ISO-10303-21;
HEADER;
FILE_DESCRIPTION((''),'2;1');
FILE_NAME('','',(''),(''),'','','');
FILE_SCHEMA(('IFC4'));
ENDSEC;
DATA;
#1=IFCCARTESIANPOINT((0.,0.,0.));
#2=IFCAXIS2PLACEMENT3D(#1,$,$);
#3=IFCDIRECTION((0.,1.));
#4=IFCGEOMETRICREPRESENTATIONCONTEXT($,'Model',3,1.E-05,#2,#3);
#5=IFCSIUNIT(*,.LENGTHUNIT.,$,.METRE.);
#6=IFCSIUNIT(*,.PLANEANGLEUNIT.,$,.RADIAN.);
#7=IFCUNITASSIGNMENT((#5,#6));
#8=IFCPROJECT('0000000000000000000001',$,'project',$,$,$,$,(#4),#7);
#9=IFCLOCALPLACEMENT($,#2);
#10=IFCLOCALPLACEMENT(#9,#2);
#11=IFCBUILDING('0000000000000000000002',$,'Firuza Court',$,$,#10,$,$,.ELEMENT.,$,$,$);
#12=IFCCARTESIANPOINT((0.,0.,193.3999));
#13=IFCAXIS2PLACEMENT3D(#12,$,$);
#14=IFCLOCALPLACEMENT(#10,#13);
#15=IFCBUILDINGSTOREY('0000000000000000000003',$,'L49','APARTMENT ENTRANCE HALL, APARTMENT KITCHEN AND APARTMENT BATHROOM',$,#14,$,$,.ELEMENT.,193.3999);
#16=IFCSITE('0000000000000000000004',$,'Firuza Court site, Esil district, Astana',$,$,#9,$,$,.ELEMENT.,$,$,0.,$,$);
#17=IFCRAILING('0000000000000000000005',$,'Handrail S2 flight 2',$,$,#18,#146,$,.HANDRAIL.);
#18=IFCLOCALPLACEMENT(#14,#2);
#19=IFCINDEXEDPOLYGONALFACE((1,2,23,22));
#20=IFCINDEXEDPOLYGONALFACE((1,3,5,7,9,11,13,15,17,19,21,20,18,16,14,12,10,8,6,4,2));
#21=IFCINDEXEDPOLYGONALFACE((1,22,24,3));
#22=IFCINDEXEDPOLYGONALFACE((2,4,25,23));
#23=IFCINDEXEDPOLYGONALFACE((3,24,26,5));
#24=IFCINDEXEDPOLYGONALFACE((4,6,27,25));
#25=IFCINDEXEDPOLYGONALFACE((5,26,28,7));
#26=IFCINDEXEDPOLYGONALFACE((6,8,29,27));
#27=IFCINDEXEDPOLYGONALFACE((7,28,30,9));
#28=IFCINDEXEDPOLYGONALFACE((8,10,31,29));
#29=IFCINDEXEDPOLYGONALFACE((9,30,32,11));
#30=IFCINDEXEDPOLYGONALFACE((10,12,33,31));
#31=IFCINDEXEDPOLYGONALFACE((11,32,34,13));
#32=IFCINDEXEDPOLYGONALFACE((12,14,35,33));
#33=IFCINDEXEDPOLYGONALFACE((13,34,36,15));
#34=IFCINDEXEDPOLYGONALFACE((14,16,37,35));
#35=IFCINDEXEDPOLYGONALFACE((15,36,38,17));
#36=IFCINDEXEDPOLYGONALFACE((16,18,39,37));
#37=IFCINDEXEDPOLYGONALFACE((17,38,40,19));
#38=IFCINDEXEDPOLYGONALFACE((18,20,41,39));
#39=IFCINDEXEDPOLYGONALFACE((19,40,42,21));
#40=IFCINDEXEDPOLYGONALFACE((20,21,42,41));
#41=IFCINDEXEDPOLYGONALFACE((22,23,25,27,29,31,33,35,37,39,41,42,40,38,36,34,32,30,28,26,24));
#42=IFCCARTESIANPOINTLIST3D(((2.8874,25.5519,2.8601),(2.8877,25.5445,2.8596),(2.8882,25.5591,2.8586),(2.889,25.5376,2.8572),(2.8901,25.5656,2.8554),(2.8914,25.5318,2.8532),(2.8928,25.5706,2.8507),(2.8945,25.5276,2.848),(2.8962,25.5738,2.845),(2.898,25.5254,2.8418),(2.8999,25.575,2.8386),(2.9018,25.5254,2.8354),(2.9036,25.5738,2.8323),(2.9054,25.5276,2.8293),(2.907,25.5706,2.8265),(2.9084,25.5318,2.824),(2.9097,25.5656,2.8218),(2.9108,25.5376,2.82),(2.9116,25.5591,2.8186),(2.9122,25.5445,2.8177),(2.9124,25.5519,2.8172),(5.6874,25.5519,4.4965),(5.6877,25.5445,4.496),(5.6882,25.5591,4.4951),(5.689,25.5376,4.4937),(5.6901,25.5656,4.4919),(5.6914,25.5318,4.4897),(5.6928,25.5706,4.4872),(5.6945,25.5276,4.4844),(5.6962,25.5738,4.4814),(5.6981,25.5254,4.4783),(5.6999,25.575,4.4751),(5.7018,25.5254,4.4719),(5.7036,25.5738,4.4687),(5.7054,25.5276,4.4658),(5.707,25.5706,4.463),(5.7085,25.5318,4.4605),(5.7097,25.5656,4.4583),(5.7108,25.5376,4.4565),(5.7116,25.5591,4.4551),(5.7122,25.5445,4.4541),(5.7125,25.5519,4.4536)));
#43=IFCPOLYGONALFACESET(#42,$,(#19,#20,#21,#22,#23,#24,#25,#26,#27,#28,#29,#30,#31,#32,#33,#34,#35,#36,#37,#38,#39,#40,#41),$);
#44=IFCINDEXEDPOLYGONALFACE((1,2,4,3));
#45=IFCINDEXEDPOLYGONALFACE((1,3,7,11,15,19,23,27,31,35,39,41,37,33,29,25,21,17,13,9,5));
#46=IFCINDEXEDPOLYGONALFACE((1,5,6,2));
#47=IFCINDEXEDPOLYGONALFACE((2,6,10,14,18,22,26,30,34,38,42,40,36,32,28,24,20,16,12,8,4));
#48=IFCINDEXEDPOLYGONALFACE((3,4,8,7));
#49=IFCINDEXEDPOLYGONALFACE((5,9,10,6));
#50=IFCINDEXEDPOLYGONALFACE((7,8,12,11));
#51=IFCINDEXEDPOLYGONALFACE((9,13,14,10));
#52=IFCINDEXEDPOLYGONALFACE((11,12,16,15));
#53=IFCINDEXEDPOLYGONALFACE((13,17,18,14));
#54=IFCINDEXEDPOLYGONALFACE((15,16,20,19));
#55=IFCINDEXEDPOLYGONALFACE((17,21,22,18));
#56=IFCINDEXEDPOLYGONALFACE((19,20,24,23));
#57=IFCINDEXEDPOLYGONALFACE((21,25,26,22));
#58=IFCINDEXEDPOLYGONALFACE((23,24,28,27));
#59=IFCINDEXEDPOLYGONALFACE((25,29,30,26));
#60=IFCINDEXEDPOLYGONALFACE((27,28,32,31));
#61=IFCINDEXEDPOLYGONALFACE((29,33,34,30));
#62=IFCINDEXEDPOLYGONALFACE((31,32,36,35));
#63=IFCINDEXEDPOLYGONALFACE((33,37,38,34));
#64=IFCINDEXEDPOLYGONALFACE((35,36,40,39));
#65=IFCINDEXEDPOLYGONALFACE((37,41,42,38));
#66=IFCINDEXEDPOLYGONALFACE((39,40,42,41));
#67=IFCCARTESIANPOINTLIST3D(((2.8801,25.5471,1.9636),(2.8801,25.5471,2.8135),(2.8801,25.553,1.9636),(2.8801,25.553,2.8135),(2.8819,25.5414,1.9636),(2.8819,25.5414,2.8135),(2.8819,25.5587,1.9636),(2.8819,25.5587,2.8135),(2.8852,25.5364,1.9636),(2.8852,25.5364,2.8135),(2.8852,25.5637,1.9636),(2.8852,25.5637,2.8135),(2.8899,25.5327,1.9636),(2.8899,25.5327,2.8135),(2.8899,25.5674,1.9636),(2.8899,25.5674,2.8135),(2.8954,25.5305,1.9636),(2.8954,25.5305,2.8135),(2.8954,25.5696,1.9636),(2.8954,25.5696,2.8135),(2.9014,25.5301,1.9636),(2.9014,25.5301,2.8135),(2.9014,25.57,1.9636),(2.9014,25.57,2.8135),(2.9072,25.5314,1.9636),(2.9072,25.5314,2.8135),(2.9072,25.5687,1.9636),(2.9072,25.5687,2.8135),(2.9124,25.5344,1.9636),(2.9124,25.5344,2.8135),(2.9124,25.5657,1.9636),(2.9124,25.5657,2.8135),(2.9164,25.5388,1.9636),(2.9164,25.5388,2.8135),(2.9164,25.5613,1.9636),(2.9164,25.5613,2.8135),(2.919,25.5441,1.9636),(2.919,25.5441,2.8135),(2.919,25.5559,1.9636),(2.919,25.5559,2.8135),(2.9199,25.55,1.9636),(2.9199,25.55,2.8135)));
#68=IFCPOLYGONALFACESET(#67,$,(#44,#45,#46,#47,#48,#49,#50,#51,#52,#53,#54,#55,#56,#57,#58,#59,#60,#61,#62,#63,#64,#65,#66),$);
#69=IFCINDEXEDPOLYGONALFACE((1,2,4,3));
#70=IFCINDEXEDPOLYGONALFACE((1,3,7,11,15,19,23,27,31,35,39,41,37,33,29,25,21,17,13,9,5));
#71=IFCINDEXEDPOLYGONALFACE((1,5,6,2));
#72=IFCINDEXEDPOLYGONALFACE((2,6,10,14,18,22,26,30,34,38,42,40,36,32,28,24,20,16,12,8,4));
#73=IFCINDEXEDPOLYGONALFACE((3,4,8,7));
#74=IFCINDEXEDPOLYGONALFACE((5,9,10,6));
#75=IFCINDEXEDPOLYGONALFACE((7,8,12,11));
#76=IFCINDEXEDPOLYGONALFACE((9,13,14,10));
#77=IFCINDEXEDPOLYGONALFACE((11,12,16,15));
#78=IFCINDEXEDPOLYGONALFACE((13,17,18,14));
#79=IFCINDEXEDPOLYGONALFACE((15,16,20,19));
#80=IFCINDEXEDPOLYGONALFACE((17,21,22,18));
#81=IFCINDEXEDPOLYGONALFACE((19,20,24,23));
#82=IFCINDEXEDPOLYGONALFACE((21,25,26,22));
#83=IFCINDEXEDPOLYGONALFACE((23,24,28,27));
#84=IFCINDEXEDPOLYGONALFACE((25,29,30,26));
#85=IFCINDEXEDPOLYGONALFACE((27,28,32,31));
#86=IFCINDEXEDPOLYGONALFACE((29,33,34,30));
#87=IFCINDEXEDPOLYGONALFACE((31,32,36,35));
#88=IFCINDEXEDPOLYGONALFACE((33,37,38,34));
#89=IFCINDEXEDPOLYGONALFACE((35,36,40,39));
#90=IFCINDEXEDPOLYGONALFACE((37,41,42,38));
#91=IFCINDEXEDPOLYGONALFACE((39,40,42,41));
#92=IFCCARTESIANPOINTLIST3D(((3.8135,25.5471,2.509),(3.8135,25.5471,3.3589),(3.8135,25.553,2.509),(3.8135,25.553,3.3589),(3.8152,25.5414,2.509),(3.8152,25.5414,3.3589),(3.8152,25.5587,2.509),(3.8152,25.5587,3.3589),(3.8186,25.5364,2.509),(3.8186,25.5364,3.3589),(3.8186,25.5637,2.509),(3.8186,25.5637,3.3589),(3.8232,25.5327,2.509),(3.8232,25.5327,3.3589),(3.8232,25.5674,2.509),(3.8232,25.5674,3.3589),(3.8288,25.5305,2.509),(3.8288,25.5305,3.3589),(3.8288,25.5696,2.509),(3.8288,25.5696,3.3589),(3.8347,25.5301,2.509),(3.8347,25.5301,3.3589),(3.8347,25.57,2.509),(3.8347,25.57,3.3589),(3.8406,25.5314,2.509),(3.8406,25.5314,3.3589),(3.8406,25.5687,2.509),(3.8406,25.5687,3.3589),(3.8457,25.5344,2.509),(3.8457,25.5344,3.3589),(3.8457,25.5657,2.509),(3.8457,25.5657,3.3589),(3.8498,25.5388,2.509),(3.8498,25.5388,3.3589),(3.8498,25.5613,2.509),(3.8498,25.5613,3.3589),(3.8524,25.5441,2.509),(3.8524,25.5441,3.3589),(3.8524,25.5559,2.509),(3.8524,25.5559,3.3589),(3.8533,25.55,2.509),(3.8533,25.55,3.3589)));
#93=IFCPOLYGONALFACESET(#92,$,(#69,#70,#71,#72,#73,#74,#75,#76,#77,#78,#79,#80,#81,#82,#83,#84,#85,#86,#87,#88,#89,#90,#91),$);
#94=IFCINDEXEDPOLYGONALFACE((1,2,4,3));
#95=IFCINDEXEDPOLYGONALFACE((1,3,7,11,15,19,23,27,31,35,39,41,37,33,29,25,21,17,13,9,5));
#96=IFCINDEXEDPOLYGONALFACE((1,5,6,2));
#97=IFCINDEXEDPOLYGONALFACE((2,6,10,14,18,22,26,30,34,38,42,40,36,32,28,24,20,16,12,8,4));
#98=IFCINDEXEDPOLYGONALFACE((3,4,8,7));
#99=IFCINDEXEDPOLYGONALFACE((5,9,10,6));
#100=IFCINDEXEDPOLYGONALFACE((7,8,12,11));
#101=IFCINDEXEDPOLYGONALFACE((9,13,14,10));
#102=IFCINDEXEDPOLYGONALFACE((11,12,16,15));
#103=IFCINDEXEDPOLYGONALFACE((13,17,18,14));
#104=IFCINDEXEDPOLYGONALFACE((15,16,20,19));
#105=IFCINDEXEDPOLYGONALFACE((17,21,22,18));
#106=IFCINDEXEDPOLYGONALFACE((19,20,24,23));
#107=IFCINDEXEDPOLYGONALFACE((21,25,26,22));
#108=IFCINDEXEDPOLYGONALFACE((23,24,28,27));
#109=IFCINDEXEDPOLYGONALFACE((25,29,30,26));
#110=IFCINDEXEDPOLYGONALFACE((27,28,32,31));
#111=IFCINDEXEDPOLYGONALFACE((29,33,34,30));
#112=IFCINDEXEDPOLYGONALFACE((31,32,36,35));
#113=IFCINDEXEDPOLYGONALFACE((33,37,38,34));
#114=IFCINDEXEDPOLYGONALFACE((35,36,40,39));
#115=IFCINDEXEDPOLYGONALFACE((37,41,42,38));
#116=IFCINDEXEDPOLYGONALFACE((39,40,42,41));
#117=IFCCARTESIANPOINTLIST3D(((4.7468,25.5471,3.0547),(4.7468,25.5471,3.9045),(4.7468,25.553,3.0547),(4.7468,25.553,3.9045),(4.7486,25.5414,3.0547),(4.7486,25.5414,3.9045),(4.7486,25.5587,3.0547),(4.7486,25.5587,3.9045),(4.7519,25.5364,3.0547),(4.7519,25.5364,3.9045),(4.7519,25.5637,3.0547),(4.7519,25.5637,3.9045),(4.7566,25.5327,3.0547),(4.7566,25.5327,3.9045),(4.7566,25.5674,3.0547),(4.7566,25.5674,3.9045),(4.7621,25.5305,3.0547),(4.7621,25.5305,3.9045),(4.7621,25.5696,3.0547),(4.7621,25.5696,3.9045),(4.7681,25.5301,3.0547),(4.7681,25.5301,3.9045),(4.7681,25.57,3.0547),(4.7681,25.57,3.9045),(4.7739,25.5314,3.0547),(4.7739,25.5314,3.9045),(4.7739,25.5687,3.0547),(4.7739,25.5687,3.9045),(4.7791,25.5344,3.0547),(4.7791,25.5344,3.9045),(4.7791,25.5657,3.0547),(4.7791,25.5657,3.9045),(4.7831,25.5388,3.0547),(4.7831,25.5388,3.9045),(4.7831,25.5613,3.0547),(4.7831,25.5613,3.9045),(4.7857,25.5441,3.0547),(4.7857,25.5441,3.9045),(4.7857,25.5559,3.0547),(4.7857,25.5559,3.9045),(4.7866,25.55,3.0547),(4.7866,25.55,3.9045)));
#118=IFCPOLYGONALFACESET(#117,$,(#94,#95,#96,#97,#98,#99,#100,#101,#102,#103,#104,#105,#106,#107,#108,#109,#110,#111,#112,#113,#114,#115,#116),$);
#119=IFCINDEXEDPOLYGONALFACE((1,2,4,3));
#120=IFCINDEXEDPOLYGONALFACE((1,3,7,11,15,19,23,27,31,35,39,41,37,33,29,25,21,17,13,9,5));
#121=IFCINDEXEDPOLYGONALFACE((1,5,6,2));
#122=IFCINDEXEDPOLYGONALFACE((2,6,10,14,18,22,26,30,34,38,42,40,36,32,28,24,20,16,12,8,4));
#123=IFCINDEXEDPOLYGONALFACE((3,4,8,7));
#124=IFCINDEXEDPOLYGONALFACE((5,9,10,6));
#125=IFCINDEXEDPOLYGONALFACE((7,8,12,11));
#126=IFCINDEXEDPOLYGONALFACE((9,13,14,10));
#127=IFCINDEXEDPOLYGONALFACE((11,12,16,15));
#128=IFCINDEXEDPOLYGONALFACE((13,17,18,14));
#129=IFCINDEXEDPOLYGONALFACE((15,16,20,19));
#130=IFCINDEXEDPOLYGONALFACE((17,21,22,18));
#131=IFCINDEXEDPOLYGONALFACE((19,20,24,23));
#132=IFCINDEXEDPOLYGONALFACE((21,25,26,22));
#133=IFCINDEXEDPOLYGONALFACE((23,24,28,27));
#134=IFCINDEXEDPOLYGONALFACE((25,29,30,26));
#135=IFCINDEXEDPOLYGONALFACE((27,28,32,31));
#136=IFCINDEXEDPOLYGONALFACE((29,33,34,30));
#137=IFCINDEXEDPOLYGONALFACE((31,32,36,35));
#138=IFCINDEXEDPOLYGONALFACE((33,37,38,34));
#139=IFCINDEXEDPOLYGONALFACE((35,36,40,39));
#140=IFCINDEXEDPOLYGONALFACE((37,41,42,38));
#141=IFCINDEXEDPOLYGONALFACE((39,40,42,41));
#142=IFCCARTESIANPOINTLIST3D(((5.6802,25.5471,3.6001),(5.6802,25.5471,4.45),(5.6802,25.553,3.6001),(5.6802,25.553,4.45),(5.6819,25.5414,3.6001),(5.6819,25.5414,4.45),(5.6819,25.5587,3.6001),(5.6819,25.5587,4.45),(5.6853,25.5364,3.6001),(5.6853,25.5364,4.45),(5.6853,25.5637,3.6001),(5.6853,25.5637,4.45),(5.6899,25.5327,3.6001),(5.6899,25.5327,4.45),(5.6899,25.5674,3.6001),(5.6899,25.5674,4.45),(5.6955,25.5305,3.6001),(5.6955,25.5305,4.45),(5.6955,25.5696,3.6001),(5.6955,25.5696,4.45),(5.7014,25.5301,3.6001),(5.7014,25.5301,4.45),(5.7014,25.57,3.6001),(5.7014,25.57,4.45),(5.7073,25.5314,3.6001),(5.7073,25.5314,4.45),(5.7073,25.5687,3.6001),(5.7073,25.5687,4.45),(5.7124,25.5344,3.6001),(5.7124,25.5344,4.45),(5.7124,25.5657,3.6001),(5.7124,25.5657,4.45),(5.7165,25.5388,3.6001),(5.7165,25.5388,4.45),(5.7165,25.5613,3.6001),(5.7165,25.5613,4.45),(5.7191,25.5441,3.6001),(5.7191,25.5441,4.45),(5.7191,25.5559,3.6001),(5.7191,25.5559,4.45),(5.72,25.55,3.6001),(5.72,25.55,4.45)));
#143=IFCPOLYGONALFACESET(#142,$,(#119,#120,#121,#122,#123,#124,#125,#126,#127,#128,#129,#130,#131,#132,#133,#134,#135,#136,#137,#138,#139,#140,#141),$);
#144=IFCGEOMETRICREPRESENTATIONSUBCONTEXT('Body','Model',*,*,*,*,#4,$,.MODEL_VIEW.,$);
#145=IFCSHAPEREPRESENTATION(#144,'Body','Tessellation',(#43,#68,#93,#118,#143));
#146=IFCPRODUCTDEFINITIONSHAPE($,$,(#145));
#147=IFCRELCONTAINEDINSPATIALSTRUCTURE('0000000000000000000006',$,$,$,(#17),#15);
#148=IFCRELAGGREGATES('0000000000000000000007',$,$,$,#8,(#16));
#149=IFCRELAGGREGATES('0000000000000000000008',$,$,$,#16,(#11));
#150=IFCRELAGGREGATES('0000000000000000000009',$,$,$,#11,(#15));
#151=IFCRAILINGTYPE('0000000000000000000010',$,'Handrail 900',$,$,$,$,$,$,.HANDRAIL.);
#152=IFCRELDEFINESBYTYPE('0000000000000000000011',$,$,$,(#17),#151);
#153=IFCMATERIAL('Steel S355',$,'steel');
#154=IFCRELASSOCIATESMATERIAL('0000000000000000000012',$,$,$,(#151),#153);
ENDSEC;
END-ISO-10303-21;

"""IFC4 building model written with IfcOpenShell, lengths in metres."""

from ifc_helpers import new_model, si_unit, direction, frame, origin, origin_2d, place, context, subcontext, project, spatial, circle, extrude, material, type_object, element, save


model = new_model("IFC4")

# Units and contexts
model_context = context("Model", 3, precision=1e-05, world=origin(), true_north=direction((0.0, 1.0)))
body_context = subcontext(model_context, "Body", "Model", "MODEL_VIEW")
ifc_project = project(units=[si_unit("LENGTHUNIT", "METRE"), si_unit("PLANEANGLEUNIT", "RADIAN")], contexts=[model_context])

# Site, building, storey
site_placement = place(None, origin())
site = spatial("IfcSite", under=ifc_project, at=site_placement, Name="Firuza Court site, Esil district, Astana", CompositionType="ELEMENT", RefElevation=0.0)
building_placement = place(site_placement, origin())
building = spatial("IfcBuilding", under=site, at=building_placement, Name="Firuza Court", CompositionType="ELEMENT")
storey_placement = place(building_placement, frame((0.0, 0.0, 193.3999)))
storey = spatial("IfcBuildingStorey", under=building, at=storey_placement, Name="L49", Description="APARTMENT ENTRANCE HALL, APARTMENT KITCHEN AND APARTMENT BATHROOM", CompositionType="ELEMENT", Elevation=193.3999)

# Railing
ifc_material_1 = material(Name="Steel S355", Category="steel")
railing_type_1 = type_object("IfcRailingType", Name="Handrail 900", PredefinedType="HANDRAIL", material=ifc_material_1)
railing_1_placement = place(storey_placement, frame((2.8999, 25.55, 1.9636)))
element("IfcRailing", 1, at=railing_1_placement, inside=storey, type_object=railing_type_1, Name="Handrail S2 flight 2", PredefinedType="HANDRAIL", context=body_context, shape_type="SweptSolid", body=[
    extrude(circle(Radius=0.0249, at=origin_2d()), frame((0.0, 0.0, 0.875), z_axis=(0.863361, 0.0, 0.504587), x_axis=(0.0, 1.0, 0.0)), (0.0, 0.0, 1.0), 3.2432),
    extrude(circle(Radius=0.02, at=origin_2d()), origin(), (0.0, 0.0, 1.0), 0.8499),
    extrude(circle(Radius=0.02, at=origin_2d()), frame((0.9333, 0.0, 0.5454)), (0.0, 0.0, 1.0), 0.8499),
    extrude(circle(Radius=0.02, at=origin_2d()), frame((1.8667, 0.0, 1.0911)), (0.0, 0.0, 1.0), 0.8499),
    extrude(circle(Radius=0.02, at=origin_2d()), frame((2.8, 0.0, 1.6365)), (0.0, 0.0, 1.0), 0.8499),
])

save(model, "model.ifc")
